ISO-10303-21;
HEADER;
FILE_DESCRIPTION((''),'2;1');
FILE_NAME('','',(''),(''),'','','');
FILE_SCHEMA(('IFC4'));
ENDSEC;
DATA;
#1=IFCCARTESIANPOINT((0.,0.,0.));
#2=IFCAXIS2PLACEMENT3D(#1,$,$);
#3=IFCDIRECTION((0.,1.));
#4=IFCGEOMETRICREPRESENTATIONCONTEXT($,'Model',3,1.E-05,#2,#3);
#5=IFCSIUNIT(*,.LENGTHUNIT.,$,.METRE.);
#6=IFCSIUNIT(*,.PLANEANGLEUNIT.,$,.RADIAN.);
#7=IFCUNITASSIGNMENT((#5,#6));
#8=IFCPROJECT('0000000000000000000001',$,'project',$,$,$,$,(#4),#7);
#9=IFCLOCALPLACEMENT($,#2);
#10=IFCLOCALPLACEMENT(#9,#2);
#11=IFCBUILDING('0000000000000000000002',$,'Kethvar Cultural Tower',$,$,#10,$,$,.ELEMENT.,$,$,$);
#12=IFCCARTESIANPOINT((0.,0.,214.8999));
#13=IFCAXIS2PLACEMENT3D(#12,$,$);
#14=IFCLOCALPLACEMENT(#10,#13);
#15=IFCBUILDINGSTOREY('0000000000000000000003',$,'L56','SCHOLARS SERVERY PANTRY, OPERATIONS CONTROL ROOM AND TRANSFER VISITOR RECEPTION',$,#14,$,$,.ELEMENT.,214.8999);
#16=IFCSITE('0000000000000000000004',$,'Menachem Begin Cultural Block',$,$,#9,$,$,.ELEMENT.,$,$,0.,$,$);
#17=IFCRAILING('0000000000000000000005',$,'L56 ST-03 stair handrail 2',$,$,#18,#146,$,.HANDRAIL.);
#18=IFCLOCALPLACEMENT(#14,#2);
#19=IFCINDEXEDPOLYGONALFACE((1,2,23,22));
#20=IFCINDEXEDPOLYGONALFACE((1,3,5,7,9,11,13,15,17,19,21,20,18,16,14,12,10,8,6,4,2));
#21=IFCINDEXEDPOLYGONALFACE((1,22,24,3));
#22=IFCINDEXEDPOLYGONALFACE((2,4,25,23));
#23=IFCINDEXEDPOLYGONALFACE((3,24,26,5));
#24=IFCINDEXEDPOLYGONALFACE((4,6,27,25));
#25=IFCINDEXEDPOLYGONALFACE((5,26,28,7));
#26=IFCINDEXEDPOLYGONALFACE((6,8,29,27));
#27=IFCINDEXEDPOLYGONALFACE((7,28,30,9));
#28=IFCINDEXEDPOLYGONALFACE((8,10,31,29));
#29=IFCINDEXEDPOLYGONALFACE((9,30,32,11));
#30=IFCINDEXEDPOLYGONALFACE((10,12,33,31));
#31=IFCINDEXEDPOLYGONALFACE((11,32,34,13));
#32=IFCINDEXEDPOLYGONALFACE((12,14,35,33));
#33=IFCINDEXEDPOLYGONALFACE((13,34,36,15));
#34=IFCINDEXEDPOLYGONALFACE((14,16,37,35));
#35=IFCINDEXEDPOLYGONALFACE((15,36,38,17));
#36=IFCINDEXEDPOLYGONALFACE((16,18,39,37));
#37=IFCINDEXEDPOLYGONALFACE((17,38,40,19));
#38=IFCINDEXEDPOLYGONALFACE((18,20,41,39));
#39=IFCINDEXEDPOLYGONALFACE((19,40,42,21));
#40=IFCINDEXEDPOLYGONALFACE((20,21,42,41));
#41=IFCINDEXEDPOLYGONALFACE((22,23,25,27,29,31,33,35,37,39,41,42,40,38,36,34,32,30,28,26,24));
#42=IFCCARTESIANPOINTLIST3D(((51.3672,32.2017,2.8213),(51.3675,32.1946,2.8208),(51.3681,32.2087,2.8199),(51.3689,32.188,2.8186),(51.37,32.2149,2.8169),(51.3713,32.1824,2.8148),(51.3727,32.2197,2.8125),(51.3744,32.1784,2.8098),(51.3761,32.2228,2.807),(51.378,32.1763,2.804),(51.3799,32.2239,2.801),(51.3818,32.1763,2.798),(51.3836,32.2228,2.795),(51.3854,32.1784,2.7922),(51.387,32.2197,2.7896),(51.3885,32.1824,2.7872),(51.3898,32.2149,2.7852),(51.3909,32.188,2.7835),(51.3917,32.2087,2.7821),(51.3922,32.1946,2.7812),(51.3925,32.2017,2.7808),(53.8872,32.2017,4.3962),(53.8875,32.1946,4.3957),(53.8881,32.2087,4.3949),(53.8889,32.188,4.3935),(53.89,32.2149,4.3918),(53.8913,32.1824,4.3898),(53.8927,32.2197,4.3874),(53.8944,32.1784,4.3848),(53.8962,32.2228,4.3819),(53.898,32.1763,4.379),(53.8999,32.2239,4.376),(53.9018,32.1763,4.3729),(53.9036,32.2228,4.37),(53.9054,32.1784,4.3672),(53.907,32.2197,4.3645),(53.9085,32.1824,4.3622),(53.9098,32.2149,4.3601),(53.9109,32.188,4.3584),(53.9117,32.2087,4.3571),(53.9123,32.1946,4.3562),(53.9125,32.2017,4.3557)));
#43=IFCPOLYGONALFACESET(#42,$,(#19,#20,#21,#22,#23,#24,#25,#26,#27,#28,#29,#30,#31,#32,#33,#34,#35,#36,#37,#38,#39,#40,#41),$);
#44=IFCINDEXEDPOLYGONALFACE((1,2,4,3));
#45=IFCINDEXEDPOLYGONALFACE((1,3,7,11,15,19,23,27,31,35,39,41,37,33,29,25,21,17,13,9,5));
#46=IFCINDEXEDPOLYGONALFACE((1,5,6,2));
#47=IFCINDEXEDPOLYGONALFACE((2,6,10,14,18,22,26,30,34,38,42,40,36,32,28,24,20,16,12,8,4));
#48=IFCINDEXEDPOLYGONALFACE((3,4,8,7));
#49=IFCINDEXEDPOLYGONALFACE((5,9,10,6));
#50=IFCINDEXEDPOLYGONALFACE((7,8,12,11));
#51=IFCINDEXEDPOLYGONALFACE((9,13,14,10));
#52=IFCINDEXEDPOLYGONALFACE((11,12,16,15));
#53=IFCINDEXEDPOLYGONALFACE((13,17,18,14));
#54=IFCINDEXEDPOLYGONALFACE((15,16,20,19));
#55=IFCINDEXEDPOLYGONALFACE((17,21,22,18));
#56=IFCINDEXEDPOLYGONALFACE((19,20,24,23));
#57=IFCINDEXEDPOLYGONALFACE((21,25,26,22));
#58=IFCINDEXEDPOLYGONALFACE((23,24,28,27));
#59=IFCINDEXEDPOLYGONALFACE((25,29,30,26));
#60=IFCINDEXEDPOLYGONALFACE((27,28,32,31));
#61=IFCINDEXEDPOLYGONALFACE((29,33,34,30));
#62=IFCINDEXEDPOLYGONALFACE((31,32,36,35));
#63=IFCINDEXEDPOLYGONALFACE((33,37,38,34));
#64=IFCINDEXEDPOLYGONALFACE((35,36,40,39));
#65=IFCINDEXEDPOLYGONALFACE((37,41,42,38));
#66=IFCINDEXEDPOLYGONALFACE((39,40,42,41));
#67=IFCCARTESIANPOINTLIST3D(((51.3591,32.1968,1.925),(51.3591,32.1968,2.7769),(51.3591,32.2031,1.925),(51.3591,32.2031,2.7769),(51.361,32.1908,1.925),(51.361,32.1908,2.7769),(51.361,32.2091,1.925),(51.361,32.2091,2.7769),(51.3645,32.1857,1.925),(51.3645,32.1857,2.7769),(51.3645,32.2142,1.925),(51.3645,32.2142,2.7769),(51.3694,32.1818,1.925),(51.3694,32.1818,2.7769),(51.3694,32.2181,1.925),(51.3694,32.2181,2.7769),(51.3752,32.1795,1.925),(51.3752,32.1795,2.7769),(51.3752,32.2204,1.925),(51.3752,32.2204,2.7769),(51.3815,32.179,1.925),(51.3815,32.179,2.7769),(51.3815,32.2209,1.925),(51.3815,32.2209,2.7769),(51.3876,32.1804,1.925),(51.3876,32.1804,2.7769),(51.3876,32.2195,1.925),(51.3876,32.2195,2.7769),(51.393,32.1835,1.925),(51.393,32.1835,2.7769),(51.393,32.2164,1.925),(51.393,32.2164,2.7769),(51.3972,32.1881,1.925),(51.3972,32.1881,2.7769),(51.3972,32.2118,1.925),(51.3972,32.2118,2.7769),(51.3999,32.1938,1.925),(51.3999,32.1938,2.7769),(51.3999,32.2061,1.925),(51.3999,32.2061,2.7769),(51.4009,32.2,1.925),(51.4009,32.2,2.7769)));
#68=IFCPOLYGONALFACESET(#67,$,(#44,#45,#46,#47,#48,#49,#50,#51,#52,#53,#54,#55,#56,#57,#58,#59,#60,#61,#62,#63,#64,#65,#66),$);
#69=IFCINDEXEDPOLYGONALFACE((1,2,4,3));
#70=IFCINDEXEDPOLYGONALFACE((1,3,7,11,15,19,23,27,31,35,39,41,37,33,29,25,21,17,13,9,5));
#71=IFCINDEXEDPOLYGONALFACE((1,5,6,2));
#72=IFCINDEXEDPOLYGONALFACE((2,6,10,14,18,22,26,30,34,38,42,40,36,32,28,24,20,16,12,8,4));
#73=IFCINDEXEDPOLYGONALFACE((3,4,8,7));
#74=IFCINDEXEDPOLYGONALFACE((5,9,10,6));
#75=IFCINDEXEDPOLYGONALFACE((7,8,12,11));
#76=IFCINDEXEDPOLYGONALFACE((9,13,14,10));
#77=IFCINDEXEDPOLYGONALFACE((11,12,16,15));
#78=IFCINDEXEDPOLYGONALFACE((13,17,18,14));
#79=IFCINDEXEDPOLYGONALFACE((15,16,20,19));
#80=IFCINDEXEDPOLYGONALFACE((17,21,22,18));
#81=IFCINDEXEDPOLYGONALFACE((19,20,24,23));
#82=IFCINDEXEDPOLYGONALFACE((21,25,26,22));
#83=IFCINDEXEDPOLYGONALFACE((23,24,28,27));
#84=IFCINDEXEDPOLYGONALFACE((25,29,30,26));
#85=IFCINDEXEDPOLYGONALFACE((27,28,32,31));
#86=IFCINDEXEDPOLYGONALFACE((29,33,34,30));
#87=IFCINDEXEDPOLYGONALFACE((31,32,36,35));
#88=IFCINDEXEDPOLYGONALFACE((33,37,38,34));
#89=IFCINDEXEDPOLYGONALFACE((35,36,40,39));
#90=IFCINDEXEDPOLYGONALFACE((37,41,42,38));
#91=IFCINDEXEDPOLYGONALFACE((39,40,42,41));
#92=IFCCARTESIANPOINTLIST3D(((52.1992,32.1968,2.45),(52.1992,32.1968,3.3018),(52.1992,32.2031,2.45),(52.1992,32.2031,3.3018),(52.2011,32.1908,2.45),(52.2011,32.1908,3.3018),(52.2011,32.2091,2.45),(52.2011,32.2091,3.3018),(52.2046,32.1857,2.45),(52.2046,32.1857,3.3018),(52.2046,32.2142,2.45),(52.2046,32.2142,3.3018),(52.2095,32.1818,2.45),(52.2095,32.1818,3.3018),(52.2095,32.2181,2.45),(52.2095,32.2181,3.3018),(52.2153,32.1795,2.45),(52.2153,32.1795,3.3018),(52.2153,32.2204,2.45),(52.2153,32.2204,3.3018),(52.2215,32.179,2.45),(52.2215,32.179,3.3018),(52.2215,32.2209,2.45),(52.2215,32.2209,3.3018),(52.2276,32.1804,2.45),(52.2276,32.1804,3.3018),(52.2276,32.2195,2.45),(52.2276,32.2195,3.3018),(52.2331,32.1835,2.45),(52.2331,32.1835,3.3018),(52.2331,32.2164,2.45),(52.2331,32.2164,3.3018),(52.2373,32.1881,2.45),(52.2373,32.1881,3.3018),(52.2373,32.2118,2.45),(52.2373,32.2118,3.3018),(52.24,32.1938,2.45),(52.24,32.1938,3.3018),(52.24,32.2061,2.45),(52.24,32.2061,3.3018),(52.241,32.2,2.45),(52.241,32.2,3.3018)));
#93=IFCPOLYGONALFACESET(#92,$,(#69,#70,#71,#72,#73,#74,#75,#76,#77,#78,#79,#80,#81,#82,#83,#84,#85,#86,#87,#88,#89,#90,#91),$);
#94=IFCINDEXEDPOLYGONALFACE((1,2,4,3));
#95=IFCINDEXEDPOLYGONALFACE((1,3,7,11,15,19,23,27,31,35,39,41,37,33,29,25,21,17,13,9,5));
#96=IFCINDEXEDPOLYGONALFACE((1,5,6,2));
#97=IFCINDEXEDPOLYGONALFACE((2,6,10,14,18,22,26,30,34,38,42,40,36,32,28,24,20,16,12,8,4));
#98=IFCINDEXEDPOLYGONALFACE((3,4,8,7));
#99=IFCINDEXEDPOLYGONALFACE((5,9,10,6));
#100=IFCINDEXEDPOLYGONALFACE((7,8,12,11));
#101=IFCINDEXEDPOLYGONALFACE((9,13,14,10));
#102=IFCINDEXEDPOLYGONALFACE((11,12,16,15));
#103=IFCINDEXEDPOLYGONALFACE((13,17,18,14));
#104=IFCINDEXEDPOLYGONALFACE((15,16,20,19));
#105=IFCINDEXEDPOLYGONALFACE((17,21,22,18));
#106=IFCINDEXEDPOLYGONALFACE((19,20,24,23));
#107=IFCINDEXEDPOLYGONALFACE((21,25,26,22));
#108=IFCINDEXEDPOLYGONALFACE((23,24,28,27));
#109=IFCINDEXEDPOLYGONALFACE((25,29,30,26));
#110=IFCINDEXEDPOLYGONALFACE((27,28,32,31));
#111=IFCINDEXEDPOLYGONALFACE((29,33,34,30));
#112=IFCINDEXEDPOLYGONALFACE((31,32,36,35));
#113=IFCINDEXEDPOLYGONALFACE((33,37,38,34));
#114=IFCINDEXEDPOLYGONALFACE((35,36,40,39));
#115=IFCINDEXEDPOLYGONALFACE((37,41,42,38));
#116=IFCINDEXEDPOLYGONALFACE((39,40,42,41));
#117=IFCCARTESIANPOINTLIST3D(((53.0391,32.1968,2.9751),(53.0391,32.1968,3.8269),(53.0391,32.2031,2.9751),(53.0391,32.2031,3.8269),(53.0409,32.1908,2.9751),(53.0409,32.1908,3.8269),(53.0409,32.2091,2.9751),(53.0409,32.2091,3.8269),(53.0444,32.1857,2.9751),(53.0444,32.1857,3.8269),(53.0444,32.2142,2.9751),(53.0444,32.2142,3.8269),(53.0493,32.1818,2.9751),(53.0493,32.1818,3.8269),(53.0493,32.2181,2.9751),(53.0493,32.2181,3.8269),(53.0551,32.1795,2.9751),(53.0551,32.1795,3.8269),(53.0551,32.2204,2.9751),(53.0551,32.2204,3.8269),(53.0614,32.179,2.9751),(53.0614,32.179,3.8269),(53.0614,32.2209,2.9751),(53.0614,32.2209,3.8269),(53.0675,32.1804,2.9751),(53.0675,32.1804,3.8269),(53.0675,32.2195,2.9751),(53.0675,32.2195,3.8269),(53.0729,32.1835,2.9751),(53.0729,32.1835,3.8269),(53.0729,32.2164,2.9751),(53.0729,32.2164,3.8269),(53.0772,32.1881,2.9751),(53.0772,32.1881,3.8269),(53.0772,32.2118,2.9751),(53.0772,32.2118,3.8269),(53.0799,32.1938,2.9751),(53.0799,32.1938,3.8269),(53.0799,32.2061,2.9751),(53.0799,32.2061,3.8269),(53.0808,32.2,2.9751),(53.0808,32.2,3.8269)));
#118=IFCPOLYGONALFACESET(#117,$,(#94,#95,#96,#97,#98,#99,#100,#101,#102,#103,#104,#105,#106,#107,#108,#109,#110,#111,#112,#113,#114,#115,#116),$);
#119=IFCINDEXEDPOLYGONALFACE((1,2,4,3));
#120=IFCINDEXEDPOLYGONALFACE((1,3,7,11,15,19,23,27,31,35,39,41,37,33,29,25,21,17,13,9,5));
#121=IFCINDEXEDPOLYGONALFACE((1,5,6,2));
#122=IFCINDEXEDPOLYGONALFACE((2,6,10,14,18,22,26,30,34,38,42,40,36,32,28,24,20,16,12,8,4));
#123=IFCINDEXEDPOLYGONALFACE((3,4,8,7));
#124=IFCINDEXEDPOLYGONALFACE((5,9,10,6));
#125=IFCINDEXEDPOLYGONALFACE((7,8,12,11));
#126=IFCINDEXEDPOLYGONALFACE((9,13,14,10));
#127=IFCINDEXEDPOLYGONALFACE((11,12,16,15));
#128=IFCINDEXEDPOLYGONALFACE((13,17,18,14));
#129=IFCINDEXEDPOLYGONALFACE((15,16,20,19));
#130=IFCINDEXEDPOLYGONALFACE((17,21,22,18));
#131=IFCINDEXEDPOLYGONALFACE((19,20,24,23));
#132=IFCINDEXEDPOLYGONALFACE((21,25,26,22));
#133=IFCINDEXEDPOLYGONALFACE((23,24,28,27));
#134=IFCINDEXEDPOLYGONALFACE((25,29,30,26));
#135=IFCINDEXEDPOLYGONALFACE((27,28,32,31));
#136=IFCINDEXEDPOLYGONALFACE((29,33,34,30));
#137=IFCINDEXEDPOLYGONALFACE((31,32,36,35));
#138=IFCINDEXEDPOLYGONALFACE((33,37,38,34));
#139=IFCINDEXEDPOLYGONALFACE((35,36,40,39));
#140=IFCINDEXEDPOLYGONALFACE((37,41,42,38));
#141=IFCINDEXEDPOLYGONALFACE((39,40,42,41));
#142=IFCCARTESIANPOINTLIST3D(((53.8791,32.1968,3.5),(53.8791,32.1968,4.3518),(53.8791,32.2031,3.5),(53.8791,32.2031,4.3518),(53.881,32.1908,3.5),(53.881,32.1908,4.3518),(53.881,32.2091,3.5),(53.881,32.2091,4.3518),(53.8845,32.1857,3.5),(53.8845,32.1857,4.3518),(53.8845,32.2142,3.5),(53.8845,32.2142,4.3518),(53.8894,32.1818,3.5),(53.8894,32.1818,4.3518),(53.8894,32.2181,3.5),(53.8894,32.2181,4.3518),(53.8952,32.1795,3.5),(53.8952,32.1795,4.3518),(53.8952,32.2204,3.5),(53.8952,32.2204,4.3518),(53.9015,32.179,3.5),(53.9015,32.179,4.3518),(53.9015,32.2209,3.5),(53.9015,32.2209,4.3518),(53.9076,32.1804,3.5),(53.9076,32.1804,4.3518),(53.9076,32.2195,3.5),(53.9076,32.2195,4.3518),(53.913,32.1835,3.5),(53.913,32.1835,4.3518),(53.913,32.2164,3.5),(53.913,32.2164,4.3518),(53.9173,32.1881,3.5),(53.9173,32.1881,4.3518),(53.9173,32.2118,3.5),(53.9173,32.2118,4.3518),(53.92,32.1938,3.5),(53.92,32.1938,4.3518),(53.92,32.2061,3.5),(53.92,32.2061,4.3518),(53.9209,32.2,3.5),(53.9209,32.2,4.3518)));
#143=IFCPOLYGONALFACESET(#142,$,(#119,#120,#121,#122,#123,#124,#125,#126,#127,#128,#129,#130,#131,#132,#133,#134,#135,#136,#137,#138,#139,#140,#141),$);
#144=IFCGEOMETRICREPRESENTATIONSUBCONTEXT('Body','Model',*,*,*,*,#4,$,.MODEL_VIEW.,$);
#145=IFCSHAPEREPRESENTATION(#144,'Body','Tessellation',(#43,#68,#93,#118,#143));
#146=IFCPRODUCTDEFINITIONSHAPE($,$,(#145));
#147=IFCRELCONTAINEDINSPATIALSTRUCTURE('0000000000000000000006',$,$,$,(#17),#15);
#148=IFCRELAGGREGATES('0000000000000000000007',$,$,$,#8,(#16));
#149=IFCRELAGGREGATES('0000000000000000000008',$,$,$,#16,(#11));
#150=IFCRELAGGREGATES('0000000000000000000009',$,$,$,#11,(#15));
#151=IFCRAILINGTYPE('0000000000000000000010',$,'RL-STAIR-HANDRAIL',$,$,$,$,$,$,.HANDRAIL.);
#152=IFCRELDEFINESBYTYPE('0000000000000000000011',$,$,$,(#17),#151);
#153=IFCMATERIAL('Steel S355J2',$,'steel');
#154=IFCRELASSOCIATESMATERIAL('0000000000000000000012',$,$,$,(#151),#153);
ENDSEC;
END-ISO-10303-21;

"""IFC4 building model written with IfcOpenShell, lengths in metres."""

from ifc_helpers import new_model, si_unit, direction, frame, origin, origin_2d, place, context, subcontext, project, spatial, circle, extrude, material, type_object, element, save


model = new_model("IFC4")

# Units and contexts
model_context = context("Model", 3, precision=1e-05, world=origin(), true_north=direction((0.0, 1.0)))
body_context = subcontext(model_context, "Body", "Model", "MODEL_VIEW")
ifc_project = project(units=[si_unit("LENGTHUNIT", "METRE"), si_unit("PLANEANGLEUNIT", "RADIAN")], contexts=[model_context])

# Site, building, storey
site_placement = place(None, origin())
site = spatial("IfcSite", under=ifc_project, at=site_placement, Name="Menachem Begin Cultural Block", CompositionType="ELEMENT", RefElevation=0.0)
building_placement = place(site_placement, origin())
building = spatial("IfcBuilding", under=site, at=building_placement, Name="Kethvar Cultural Tower", CompositionType="ELEMENT")
storey_placement = place(building_placement, frame((0.0, 0.0, 214.8999)))
storey = spatial("IfcBuildingStorey", under=building, at=storey_placement, Name="L56", Description="SCHOLARS SERVERY PANTRY, OPERATIONS CONTROL ROOM AND TRANSFER VISITOR RECEPTION", CompositionType="ELEMENT", Elevation=214.8999)

# Shared definitions
ifc_material_1 = material(Name="Steel S355J2", Category="steel")

# Railing
railing_type_1 = type_object("IfcRailingType", Name="RL-STAIR-HANDRAIL", PredefinedType="HANDRAIL", material=ifc_material_1)
railing_1_placement = place(storey_placement, frame((51.3799, 32.2, 1.925)))
element("IfcRailing", 1, at=railing_1_placement, inside=storey, type_object=railing_type_1, Name="L56 ST-03 stair handrail 2", PredefinedType="HANDRAIL", context=body_context, shape_type="SweptSolid", body=[
    extrude(circle(Radius=0.0239, at=origin_2d()), frame((0.0, 0.0, 0.876), z_axis=(0.848008, 0.0, 0.529984), x_axis=(0.0, 1.0, 0.0)), (0.0, 0.0, 1.0), 2.9717),
    extrude(circle(Radius=0.021, at=origin_2d()), origin(), (0.0, 0.0, 1.0), 0.8518),
    extrude(circle(Radius=0.021, at=origin_2d()), frame((0.8401, 0.0, 0.5249)), (0.0, 0.0, 1.0), 0.8518),
    extrude(circle(Radius=0.021, at=origin_2d()), frame((1.6799, 0.0, 1.05)), (0.0, 0.0, 1.0), 0.8518),
    extrude(circle(Radius=0.021, at=origin_2d()), frame((2.52, 0.0, 1.575)), (0.0, 0.0, 1.0), 0.8518),
])

save(model, "model.ifc")
